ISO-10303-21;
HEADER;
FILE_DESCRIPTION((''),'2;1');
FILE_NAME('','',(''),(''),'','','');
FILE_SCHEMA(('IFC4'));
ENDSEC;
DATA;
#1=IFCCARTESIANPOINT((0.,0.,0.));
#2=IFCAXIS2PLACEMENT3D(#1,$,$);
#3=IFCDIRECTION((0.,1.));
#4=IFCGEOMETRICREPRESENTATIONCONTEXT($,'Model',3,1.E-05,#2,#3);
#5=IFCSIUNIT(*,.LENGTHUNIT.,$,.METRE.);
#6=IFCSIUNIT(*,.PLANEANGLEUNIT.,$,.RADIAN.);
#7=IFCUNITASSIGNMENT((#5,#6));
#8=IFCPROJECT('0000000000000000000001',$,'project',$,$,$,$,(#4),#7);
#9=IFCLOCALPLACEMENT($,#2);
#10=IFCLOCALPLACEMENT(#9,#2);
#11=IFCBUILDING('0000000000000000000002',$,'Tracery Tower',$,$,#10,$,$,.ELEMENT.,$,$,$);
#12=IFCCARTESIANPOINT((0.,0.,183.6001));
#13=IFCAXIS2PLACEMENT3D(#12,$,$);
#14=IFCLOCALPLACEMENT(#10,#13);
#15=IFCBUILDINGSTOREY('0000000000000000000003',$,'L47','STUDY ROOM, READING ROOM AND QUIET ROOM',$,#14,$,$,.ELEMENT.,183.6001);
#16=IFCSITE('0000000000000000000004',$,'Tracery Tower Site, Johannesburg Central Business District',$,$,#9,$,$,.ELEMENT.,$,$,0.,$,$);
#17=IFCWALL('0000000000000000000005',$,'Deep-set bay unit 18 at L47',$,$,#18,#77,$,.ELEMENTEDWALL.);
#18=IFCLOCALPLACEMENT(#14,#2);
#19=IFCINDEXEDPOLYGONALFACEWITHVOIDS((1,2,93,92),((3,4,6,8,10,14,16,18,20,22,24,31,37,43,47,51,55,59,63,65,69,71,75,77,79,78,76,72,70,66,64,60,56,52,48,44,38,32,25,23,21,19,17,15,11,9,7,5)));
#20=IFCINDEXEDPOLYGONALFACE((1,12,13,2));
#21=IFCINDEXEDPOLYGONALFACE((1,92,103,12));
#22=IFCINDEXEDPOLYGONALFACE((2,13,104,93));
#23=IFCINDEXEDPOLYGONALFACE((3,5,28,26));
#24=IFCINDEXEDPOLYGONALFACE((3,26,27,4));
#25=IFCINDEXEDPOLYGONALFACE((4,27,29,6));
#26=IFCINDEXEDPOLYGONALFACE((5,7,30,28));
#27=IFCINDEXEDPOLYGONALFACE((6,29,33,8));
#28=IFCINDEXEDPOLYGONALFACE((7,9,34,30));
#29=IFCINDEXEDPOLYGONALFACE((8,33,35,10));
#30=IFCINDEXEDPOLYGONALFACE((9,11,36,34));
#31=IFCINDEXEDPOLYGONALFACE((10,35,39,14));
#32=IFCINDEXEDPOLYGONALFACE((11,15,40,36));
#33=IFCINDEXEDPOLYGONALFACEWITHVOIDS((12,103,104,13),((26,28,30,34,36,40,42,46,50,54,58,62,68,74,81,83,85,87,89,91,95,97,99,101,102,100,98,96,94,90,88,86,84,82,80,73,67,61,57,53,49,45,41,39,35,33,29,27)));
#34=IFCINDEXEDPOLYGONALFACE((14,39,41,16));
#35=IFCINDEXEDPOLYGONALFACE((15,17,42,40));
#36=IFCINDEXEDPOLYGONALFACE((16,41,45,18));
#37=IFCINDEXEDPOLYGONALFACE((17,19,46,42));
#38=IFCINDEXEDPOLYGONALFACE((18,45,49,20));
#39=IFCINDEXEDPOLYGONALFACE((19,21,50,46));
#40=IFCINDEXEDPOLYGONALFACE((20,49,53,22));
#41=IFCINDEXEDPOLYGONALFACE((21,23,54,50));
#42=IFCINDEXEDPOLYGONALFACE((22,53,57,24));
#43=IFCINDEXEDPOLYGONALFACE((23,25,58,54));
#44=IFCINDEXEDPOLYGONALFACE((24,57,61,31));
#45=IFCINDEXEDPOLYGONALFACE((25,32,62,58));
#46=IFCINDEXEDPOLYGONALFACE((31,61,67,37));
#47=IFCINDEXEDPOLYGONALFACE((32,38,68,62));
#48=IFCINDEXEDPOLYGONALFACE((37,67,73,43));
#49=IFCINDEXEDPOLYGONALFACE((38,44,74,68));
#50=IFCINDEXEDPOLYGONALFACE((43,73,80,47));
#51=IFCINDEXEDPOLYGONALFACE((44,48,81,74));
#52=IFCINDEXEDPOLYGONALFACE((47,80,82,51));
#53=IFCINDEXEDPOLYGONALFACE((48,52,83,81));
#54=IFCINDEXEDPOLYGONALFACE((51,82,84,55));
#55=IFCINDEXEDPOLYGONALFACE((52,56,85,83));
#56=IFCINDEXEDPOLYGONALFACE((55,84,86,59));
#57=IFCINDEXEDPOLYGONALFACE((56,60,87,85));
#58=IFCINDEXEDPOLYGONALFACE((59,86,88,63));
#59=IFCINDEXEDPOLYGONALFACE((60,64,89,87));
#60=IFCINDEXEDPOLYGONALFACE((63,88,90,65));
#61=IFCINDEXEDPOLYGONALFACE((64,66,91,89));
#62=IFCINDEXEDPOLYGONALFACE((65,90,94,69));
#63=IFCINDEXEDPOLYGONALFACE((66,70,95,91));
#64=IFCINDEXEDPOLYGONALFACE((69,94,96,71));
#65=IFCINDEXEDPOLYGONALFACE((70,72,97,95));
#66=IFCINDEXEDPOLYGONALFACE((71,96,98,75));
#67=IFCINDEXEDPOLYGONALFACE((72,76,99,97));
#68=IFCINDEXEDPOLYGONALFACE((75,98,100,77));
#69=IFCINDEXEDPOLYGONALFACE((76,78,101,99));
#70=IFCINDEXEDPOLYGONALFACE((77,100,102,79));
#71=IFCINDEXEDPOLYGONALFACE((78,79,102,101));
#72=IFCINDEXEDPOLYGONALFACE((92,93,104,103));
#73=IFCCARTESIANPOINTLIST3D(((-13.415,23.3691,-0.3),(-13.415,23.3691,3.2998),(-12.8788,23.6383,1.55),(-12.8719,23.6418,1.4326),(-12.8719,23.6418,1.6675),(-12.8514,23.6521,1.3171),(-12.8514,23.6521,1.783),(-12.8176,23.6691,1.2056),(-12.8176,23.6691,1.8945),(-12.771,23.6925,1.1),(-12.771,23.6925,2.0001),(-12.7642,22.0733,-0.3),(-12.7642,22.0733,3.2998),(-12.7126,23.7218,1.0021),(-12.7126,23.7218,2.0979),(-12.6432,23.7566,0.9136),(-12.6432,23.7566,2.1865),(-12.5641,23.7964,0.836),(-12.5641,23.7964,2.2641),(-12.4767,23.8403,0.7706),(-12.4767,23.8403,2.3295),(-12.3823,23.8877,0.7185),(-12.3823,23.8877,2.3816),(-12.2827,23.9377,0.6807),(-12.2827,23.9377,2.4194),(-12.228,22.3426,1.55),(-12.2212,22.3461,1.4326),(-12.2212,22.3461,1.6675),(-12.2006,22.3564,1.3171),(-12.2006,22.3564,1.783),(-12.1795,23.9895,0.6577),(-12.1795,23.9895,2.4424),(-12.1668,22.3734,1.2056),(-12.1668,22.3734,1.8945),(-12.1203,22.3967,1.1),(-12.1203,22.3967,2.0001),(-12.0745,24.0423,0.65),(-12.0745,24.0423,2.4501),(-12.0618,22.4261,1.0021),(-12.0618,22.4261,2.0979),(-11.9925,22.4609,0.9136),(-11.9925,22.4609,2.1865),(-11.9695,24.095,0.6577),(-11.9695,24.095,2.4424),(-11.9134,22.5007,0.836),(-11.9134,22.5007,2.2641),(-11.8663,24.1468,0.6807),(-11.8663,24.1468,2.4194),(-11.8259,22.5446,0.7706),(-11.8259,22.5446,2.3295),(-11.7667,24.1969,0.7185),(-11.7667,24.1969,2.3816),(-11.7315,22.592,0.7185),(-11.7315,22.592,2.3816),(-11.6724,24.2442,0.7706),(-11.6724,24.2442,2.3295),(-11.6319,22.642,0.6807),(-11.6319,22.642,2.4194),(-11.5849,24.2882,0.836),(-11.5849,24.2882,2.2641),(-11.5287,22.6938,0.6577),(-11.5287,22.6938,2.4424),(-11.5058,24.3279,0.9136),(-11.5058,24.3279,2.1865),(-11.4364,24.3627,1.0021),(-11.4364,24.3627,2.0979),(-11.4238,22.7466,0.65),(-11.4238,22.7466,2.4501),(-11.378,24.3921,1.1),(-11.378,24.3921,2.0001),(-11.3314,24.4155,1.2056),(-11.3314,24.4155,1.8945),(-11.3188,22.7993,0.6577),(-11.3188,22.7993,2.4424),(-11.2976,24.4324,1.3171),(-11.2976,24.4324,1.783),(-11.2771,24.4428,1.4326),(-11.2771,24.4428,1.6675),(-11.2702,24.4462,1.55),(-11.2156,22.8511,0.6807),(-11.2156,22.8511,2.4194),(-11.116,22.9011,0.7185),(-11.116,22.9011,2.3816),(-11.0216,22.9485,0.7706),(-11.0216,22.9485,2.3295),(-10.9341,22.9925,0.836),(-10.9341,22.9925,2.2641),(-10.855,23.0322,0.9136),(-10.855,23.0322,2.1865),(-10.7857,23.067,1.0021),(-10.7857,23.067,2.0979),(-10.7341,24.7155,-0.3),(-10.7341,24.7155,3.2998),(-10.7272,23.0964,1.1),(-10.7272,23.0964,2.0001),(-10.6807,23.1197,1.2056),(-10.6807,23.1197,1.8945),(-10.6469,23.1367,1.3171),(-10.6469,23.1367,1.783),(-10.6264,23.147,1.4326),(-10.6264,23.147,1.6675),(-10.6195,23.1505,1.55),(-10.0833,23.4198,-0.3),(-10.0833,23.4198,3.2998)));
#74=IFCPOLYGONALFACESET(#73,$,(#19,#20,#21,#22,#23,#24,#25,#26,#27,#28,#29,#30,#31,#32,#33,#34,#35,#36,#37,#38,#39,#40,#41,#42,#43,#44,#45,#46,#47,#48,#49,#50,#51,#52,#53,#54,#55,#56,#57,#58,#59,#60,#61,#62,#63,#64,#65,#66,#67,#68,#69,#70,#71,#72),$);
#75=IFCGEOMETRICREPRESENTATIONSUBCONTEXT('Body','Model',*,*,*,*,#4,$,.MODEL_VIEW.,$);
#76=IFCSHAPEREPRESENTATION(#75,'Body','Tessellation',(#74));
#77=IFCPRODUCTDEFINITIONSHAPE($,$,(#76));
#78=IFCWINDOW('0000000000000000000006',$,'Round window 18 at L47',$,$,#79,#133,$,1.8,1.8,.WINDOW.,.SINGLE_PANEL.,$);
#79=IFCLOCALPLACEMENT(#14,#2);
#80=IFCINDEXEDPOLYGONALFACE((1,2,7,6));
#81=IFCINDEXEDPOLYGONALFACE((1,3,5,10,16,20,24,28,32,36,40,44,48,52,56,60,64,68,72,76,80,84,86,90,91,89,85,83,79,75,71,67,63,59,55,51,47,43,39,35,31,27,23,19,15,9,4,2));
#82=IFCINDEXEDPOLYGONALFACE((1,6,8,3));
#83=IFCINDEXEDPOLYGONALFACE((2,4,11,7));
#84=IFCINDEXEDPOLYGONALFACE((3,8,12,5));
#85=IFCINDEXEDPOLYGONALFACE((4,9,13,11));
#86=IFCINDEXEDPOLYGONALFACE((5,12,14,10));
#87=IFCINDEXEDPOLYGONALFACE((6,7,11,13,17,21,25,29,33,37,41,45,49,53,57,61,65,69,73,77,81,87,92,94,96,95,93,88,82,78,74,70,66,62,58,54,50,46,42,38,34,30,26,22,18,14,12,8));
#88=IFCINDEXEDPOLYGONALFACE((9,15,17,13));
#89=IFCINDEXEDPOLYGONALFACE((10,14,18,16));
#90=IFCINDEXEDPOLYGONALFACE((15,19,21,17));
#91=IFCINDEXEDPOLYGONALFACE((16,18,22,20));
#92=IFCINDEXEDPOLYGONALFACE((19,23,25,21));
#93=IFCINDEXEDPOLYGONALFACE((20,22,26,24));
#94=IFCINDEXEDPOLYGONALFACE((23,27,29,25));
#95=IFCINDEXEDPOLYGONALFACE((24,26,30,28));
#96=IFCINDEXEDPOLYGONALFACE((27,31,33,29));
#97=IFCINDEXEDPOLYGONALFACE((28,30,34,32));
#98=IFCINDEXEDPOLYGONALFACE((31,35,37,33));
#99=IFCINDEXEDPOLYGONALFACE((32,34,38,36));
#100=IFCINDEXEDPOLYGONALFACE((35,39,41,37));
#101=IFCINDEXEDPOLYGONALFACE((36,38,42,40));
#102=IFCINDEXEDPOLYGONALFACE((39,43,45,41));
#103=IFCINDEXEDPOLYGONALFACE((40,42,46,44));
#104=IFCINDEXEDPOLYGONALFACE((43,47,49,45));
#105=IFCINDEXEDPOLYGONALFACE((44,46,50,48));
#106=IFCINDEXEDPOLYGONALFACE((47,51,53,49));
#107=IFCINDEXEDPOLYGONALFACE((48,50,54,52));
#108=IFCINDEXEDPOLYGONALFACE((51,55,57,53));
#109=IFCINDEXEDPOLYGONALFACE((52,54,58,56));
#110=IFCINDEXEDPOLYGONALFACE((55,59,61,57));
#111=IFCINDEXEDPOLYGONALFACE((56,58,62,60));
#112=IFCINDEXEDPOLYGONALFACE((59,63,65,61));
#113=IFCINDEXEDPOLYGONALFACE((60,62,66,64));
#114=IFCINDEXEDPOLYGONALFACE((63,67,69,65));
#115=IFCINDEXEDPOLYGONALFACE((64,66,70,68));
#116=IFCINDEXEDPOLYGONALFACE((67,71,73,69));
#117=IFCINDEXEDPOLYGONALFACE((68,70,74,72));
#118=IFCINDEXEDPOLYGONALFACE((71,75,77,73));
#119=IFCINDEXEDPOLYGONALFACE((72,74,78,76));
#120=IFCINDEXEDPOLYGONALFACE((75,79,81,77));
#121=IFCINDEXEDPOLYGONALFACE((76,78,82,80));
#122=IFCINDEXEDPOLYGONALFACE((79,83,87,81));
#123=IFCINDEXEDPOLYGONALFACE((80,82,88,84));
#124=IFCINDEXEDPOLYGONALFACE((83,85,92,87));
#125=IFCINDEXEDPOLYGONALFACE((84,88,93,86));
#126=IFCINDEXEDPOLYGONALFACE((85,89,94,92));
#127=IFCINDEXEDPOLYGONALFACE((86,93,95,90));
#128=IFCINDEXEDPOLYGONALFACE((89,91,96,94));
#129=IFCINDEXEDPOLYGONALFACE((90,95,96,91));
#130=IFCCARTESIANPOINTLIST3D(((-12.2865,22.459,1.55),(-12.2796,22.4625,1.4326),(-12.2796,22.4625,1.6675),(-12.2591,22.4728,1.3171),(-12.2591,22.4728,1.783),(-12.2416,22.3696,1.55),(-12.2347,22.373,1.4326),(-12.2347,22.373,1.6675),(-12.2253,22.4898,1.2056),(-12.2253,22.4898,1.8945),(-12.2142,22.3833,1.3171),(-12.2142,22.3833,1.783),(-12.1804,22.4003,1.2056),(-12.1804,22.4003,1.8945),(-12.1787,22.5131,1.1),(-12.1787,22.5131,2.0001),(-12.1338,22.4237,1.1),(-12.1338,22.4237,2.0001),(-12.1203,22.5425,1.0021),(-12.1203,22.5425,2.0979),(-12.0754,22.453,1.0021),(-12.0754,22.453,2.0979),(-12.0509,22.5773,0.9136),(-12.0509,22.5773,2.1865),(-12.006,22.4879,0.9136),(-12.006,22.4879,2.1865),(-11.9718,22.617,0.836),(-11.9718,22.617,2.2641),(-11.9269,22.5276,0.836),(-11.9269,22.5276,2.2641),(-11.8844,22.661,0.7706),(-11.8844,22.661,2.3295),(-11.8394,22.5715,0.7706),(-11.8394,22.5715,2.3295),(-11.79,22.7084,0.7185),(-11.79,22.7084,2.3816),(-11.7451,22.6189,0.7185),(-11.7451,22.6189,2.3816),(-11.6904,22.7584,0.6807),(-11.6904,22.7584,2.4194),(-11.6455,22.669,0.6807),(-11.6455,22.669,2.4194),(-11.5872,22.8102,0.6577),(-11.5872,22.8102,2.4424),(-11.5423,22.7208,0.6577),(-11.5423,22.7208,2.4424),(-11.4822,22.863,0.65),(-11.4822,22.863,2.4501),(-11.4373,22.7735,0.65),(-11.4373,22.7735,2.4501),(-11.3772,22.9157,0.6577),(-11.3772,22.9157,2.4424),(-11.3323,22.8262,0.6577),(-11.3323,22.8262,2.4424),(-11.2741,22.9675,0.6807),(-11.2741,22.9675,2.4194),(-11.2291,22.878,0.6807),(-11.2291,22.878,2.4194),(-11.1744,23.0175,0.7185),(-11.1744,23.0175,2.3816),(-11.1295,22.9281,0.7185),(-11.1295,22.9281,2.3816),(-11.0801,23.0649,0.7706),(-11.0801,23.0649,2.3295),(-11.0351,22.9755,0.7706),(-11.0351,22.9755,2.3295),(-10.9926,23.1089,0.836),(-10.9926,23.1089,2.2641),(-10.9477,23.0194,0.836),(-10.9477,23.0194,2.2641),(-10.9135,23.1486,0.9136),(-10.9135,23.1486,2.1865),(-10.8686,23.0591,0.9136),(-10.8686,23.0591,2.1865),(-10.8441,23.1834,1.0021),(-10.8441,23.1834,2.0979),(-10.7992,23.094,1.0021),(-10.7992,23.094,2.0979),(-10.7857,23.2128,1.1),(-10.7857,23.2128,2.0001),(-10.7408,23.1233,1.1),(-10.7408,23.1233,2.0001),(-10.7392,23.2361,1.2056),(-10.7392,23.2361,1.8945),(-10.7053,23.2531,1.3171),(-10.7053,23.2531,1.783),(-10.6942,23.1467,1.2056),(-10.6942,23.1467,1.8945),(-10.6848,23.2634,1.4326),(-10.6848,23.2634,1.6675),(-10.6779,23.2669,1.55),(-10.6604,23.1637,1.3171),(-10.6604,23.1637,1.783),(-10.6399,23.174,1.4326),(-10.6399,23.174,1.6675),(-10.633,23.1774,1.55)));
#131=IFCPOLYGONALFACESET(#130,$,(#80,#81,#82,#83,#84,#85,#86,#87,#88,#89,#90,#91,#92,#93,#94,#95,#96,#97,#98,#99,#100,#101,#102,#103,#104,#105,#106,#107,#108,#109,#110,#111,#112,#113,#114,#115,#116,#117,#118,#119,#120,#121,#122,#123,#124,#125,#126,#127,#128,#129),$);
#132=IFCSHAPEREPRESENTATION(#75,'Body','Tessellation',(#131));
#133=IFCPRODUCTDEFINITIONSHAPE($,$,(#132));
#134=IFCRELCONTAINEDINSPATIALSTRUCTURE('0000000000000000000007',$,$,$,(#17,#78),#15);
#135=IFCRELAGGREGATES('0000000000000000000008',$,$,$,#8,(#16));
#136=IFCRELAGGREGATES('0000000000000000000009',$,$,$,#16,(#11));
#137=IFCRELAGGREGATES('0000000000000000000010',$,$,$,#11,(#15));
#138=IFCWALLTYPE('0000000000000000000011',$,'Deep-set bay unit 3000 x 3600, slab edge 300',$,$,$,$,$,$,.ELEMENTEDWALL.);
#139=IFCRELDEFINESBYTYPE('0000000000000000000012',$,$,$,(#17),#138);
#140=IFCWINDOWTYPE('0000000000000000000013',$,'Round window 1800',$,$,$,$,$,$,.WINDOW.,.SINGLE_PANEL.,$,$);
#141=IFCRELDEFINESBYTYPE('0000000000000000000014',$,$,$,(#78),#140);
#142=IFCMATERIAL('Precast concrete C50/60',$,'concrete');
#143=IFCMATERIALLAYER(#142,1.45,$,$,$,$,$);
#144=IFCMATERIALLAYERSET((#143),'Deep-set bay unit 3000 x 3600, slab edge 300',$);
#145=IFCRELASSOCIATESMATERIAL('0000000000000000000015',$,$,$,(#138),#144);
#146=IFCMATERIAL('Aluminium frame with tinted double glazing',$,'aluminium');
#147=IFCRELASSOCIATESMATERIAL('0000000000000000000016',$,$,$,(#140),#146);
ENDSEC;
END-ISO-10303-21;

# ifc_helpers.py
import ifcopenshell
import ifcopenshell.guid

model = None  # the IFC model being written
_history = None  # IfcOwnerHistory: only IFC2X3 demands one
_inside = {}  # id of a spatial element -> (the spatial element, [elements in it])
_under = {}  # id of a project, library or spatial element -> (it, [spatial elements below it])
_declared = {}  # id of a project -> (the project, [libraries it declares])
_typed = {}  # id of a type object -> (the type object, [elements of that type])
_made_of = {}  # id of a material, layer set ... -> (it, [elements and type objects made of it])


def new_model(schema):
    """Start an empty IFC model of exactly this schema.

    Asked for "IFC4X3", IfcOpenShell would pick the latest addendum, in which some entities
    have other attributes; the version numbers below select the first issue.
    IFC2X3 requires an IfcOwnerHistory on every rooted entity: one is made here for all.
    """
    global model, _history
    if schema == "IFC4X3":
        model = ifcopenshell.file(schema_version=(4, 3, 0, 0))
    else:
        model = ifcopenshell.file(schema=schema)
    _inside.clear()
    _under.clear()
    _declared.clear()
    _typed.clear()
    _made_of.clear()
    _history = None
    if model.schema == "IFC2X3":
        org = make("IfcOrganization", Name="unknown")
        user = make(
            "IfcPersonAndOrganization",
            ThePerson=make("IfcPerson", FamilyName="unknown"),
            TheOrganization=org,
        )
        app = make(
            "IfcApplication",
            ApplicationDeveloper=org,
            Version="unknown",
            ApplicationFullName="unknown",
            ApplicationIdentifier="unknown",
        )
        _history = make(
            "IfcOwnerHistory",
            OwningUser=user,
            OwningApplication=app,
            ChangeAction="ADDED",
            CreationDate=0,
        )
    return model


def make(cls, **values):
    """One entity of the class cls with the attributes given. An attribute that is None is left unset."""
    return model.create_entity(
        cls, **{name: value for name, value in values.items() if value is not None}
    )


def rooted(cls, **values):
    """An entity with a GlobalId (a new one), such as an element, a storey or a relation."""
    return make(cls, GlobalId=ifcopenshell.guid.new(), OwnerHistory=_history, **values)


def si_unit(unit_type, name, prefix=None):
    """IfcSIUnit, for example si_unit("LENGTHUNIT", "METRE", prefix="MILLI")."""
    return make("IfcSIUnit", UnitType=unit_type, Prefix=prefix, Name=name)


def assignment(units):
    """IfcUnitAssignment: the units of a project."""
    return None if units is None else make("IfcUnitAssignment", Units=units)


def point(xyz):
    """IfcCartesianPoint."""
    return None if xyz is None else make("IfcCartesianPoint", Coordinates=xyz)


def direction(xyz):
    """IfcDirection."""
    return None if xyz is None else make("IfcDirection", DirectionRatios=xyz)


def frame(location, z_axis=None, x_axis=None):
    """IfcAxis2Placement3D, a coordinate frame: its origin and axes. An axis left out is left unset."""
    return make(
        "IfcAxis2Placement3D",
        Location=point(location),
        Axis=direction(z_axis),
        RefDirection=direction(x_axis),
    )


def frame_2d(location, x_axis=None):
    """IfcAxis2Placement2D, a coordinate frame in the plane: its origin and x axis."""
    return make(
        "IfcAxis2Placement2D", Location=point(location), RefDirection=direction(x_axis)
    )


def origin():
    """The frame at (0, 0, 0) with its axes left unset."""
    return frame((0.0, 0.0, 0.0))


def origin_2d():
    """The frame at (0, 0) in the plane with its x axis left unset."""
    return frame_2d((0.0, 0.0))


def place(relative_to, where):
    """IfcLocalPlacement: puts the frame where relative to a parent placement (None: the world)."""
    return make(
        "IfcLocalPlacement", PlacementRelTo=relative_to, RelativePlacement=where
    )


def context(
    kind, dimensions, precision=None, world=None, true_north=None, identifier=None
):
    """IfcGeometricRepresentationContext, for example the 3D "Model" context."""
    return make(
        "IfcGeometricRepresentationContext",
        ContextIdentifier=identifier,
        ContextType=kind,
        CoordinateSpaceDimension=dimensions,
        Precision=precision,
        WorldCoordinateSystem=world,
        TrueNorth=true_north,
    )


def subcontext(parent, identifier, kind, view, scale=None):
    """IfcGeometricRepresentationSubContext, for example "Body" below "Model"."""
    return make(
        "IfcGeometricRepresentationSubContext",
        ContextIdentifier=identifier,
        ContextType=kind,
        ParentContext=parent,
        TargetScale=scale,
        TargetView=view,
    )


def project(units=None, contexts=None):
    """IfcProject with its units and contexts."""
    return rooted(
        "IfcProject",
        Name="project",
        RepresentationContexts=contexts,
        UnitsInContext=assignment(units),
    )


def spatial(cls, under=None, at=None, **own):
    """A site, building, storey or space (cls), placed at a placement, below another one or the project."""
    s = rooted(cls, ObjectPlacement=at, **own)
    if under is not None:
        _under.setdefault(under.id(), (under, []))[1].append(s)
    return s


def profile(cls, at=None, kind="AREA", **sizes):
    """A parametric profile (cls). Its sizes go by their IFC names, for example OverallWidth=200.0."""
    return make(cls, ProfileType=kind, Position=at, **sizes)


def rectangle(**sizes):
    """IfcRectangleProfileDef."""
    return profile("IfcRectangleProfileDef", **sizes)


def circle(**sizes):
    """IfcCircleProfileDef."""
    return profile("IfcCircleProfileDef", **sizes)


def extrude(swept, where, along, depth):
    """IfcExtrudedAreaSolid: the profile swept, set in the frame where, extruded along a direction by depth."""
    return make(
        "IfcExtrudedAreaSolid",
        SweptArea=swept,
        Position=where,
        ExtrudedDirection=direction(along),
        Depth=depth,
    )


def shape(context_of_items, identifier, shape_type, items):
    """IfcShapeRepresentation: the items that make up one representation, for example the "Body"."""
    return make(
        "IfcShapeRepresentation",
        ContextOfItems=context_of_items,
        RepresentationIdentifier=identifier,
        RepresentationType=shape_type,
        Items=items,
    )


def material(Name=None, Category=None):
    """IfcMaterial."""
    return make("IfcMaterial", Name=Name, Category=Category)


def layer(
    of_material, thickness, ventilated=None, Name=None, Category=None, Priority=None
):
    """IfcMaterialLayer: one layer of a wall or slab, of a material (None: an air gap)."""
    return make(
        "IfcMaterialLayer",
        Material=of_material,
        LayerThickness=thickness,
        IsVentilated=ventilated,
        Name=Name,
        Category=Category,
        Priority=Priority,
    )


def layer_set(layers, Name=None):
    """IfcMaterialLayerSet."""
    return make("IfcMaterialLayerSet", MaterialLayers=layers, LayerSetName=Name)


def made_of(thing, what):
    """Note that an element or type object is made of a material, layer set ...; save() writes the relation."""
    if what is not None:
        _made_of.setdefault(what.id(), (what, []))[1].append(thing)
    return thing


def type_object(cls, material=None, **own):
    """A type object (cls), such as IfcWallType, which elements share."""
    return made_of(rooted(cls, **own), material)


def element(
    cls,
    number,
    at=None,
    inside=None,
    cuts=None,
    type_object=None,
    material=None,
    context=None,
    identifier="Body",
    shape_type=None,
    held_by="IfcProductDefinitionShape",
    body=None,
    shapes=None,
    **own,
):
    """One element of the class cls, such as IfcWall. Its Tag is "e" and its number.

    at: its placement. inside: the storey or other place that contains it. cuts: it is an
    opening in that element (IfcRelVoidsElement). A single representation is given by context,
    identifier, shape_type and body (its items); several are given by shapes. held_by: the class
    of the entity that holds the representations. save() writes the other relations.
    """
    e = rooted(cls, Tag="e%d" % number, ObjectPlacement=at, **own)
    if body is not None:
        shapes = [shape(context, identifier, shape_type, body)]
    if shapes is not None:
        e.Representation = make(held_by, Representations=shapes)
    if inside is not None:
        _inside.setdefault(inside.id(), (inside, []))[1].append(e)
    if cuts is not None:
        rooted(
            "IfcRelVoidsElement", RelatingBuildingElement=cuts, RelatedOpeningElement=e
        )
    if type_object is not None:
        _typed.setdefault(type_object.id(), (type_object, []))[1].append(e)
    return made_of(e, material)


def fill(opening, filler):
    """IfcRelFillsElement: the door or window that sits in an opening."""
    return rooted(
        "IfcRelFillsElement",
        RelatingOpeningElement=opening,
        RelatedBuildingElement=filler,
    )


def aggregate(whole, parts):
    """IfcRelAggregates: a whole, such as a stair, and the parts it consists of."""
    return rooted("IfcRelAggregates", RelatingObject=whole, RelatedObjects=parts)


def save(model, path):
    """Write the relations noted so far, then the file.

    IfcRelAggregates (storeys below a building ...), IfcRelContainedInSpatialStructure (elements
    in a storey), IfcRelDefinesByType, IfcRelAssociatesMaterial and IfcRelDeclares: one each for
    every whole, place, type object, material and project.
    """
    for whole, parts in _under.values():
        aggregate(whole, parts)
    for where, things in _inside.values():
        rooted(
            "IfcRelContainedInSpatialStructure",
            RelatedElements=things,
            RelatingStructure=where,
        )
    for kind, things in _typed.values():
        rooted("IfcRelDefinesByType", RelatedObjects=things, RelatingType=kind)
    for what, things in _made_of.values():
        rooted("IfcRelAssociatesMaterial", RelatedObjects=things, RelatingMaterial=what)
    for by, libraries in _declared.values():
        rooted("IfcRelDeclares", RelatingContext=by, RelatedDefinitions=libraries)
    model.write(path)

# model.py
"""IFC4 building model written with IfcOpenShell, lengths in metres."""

from ifc_helpers import new_model, si_unit, direction, frame, frame_2d, origin, origin_2d, place, context, subcontext, project, spatial, rectangle, circle, extrude, material, layer, layer_set, type_object, element, fill, save


model = new_model("IFC4")

# Units and contexts
model_context = context("Model", 3, precision=1e-05, world=origin(), true_north=direction((0.0, 1.0)))
body_context = subcontext(model_context, "Body", "Model", "MODEL_VIEW")
ifc_project = project(units=[si_unit("LENGTHUNIT", "METRE"), si_unit("PLANEANGLEUNIT", "RADIAN")], contexts=[model_context])

# Site, building, storey
site_placement = place(None, origin())
site = spatial("IfcSite", under=ifc_project, at=site_placement, Name="Tracery Tower Site, Johannesburg Central Business District", CompositionType="ELEMENT", RefElevation=0.0)
building_placement = place(site_placement, origin())
building = spatial("IfcBuilding", under=site, at=building_placement, Name="Tracery Tower", CompositionType="ELEMENT")
storey_placement = place(building_placement, frame((0.0, 0.0, 183.6001)))
storey = spatial("IfcBuildingStorey", under=building, at=storey_placement, Name="L47", Description="STUDY ROOM, READING ROOM AND QUIET ROOM", CompositionType="ELEMENT", Elevation=183.6001)

# Wall, opening, window
ifc_material_1 = material(Name="Precast concrete C50/60", Category="concrete")
ifc_layer_1 = layer(ifc_material_1, 1.45)
ifc_layer_set_1 = layer_set([ifc_layer_1], Name="Deep-set bay unit 3000 x 3600, slab edge 300")
wall_type_1 = type_object("IfcWallType", Name="Deep-set bay unit 3000 x 3600, slab edge 300", PredefinedType="ELEMENTEDWALL", material=ifc_layer_set_1)
wall_1_placement = place(storey_placement, frame((-10.4087, 24.0676, -0.3), z_axis=(0.0, 0.0, 1.0), x_axis=(-0.893628, -0.448808, 0.0)))
wall_1 = element("IfcWall", 1, at=wall_1_placement, inside=storey, type_object=wall_type_1, Name="Deep-set bay unit 18 at L47", PredefinedType="ELEMENTEDWALL", context=body_context, shape_type="SweptSolid", body=[
    extrude(rectangle(XDim=3.0, YDim=1.45, at=frame_2d((1.5, 0.0))), origin(), (0.0, 0.0, 1.0), 3.5999),
])
opening_1_placement = place(wall_1_placement, frame((1.5, 0.0, 1.8501)))
opening_1 = element("IfcOpeningElement", 2, at=opening_1_placement, cuts=wall_1, PredefinedType="OPENING", context=body_context, shape_type="SweptSolid", body=[
    extrude(circle(Radius=0.9, at=origin_2d()), frame((0.0, 0.7349, 0.0), z_axis=(0.0, -1.0, 0.0), x_axis=(1.0, 0.0, 0.0)), (0.0, 0.0, 1.0), 1.47),
])
ifc_material_2 = material(Name="Aluminium frame with tinted double glazing", Category="aluminium")
window_type = type_object("IfcWindowType", Name="Round window 1800", PartitioningType="SINGLE_PANEL", PredefinedType="WINDOW", material=ifc_material_2)
window_1_placement = place(opening_1_placement, origin())
window_1 = element("IfcWindow", 3, at=window_1_placement, inside=storey, type_object=window_type, Name="Round window 18 at L47", OverallHeight=1.8, OverallWidth=1.8, PartitioningType="SINGLE_PANEL", PredefinedType="WINDOW", context=body_context, shape_type="SweptSolid", body=[
    extrude(circle(Radius=0.9, at=origin_2d()), frame((0.0, 0.6948, 0.0), z_axis=(0.0, -1.0, 0.0), x_axis=(1.0, 0.0, 0.0)), (0.0, 0.0, 1.0), 0.1001),
])
fill(opening_1, window_1)

save(model, "model.ifc")
